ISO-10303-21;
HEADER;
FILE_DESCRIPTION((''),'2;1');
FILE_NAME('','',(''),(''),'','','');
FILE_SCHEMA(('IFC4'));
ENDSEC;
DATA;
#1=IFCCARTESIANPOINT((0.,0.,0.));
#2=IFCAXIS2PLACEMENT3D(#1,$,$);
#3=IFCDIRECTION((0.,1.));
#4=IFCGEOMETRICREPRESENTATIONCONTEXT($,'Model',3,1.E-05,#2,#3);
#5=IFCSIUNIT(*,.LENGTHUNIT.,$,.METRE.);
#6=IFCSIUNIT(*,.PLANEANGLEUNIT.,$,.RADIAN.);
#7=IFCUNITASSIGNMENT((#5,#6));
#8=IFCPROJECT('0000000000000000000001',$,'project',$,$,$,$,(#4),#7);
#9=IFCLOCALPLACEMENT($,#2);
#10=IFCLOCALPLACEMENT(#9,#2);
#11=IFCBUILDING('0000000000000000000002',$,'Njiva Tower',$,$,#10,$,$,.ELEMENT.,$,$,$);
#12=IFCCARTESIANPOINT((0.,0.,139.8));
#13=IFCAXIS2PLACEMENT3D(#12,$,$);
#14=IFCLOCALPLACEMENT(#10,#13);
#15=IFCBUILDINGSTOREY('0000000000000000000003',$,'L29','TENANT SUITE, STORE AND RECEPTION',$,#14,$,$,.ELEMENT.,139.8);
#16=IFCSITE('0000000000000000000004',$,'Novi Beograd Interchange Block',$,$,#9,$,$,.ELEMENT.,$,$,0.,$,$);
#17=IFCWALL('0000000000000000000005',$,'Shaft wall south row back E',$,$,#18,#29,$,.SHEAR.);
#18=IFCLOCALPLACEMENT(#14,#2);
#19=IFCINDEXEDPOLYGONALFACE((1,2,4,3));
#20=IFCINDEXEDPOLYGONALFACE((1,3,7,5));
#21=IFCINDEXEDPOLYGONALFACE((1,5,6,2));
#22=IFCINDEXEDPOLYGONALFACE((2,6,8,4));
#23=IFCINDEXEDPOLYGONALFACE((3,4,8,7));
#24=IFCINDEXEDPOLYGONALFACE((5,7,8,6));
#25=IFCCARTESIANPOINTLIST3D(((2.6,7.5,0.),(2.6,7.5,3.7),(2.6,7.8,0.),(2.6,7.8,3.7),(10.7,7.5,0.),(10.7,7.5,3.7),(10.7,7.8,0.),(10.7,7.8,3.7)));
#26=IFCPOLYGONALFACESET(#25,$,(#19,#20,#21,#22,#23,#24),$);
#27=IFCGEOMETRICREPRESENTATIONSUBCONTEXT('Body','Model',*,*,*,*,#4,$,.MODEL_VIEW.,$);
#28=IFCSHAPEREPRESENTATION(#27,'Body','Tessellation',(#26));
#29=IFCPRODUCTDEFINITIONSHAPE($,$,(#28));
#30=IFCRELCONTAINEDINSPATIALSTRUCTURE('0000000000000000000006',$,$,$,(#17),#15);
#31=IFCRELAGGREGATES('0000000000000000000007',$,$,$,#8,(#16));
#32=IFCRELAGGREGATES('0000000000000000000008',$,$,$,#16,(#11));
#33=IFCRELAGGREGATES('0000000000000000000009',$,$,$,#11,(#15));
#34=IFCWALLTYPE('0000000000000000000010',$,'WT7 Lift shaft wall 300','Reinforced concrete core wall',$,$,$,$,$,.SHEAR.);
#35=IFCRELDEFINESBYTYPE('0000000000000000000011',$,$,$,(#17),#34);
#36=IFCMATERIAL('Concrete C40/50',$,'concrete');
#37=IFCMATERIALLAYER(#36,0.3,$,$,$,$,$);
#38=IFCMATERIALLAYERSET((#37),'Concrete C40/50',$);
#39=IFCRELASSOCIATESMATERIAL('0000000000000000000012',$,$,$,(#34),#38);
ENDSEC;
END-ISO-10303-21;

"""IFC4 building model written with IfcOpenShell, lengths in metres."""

from ifc_helpers import new_model, si_unit, direction, frame, frame_2d, origin, place, context, subcontext, project, spatial, rectangle, extrude, material, layer, layer_set, type_object, element, save


model = new_model("IFC4")

# Units and contexts
model_context = context("Model", 3, precision=1e-05, world=origin(), true_north=direction((0.0, 1.0)))
body_context = subcontext(model_context, "Body", "Model", "MODEL_VIEW")
ifc_project = project(units=[si_unit("LENGTHUNIT", "METRE"), si_unit("PLANEANGLEUNIT", "RADIAN")], contexts=[model_context])

# Site, building, storey
site_placement = place(None, origin())
site = spatial("IfcSite", under=ifc_project, at=site_placement, Name="Novi Beograd Interchange Block", CompositionType="ELEMENT", RefElevation=0.0)
building_placement = place(site_placement, origin())
building = spatial("IfcBuilding", under=site, at=building_placement, Name="Njiva Tower", CompositionType="ELEMENT")
storey_placement = place(building_placement, frame((0.0, 0.0, 139.8)))
storey = spatial("IfcBuildingStorey", under=building, at=storey_placement, Name="L29", Description="TENANT SUITE, STORE AND RECEPTION", CompositionType="ELEMENT", Elevation=139.8)

# Shared definitions
ifc_material_1 = material(Name="Concrete C40/50", Category="concrete")

# Wall
ifc_layer_1 = layer(ifc_material_1, 0.3)
ifc_layer_set_1 = layer_set([ifc_layer_1], Name="Concrete C40/50")
wall_type_1 = type_object("IfcWallType", Name="WT7 Lift shaft wall 300", Description="Reinforced concrete core wall", PredefinedType="SHEAR", material=ifc_layer_set_1)
wall_1_placement = place(storey_placement, frame((2.6, 7.65, 0.0), z_axis=(0.0, 0.0, 1.0), x_axis=(1.0, 0.0, 0.0)))
element("IfcWall", 1, at=wall_1_placement, inside=storey, type_object=wall_type_1, Name="Shaft wall south row back E", PredefinedType="SHEAR", context=body_context, shape_type="SweptSolid", body=[
    extrude(rectangle(XDim=8.1, YDim=0.3, at=frame_2d((4.05, 0.0))), origin(), (0.0, 0.0, 1.0), 3.7),
])

save(model, "model.ifc")
